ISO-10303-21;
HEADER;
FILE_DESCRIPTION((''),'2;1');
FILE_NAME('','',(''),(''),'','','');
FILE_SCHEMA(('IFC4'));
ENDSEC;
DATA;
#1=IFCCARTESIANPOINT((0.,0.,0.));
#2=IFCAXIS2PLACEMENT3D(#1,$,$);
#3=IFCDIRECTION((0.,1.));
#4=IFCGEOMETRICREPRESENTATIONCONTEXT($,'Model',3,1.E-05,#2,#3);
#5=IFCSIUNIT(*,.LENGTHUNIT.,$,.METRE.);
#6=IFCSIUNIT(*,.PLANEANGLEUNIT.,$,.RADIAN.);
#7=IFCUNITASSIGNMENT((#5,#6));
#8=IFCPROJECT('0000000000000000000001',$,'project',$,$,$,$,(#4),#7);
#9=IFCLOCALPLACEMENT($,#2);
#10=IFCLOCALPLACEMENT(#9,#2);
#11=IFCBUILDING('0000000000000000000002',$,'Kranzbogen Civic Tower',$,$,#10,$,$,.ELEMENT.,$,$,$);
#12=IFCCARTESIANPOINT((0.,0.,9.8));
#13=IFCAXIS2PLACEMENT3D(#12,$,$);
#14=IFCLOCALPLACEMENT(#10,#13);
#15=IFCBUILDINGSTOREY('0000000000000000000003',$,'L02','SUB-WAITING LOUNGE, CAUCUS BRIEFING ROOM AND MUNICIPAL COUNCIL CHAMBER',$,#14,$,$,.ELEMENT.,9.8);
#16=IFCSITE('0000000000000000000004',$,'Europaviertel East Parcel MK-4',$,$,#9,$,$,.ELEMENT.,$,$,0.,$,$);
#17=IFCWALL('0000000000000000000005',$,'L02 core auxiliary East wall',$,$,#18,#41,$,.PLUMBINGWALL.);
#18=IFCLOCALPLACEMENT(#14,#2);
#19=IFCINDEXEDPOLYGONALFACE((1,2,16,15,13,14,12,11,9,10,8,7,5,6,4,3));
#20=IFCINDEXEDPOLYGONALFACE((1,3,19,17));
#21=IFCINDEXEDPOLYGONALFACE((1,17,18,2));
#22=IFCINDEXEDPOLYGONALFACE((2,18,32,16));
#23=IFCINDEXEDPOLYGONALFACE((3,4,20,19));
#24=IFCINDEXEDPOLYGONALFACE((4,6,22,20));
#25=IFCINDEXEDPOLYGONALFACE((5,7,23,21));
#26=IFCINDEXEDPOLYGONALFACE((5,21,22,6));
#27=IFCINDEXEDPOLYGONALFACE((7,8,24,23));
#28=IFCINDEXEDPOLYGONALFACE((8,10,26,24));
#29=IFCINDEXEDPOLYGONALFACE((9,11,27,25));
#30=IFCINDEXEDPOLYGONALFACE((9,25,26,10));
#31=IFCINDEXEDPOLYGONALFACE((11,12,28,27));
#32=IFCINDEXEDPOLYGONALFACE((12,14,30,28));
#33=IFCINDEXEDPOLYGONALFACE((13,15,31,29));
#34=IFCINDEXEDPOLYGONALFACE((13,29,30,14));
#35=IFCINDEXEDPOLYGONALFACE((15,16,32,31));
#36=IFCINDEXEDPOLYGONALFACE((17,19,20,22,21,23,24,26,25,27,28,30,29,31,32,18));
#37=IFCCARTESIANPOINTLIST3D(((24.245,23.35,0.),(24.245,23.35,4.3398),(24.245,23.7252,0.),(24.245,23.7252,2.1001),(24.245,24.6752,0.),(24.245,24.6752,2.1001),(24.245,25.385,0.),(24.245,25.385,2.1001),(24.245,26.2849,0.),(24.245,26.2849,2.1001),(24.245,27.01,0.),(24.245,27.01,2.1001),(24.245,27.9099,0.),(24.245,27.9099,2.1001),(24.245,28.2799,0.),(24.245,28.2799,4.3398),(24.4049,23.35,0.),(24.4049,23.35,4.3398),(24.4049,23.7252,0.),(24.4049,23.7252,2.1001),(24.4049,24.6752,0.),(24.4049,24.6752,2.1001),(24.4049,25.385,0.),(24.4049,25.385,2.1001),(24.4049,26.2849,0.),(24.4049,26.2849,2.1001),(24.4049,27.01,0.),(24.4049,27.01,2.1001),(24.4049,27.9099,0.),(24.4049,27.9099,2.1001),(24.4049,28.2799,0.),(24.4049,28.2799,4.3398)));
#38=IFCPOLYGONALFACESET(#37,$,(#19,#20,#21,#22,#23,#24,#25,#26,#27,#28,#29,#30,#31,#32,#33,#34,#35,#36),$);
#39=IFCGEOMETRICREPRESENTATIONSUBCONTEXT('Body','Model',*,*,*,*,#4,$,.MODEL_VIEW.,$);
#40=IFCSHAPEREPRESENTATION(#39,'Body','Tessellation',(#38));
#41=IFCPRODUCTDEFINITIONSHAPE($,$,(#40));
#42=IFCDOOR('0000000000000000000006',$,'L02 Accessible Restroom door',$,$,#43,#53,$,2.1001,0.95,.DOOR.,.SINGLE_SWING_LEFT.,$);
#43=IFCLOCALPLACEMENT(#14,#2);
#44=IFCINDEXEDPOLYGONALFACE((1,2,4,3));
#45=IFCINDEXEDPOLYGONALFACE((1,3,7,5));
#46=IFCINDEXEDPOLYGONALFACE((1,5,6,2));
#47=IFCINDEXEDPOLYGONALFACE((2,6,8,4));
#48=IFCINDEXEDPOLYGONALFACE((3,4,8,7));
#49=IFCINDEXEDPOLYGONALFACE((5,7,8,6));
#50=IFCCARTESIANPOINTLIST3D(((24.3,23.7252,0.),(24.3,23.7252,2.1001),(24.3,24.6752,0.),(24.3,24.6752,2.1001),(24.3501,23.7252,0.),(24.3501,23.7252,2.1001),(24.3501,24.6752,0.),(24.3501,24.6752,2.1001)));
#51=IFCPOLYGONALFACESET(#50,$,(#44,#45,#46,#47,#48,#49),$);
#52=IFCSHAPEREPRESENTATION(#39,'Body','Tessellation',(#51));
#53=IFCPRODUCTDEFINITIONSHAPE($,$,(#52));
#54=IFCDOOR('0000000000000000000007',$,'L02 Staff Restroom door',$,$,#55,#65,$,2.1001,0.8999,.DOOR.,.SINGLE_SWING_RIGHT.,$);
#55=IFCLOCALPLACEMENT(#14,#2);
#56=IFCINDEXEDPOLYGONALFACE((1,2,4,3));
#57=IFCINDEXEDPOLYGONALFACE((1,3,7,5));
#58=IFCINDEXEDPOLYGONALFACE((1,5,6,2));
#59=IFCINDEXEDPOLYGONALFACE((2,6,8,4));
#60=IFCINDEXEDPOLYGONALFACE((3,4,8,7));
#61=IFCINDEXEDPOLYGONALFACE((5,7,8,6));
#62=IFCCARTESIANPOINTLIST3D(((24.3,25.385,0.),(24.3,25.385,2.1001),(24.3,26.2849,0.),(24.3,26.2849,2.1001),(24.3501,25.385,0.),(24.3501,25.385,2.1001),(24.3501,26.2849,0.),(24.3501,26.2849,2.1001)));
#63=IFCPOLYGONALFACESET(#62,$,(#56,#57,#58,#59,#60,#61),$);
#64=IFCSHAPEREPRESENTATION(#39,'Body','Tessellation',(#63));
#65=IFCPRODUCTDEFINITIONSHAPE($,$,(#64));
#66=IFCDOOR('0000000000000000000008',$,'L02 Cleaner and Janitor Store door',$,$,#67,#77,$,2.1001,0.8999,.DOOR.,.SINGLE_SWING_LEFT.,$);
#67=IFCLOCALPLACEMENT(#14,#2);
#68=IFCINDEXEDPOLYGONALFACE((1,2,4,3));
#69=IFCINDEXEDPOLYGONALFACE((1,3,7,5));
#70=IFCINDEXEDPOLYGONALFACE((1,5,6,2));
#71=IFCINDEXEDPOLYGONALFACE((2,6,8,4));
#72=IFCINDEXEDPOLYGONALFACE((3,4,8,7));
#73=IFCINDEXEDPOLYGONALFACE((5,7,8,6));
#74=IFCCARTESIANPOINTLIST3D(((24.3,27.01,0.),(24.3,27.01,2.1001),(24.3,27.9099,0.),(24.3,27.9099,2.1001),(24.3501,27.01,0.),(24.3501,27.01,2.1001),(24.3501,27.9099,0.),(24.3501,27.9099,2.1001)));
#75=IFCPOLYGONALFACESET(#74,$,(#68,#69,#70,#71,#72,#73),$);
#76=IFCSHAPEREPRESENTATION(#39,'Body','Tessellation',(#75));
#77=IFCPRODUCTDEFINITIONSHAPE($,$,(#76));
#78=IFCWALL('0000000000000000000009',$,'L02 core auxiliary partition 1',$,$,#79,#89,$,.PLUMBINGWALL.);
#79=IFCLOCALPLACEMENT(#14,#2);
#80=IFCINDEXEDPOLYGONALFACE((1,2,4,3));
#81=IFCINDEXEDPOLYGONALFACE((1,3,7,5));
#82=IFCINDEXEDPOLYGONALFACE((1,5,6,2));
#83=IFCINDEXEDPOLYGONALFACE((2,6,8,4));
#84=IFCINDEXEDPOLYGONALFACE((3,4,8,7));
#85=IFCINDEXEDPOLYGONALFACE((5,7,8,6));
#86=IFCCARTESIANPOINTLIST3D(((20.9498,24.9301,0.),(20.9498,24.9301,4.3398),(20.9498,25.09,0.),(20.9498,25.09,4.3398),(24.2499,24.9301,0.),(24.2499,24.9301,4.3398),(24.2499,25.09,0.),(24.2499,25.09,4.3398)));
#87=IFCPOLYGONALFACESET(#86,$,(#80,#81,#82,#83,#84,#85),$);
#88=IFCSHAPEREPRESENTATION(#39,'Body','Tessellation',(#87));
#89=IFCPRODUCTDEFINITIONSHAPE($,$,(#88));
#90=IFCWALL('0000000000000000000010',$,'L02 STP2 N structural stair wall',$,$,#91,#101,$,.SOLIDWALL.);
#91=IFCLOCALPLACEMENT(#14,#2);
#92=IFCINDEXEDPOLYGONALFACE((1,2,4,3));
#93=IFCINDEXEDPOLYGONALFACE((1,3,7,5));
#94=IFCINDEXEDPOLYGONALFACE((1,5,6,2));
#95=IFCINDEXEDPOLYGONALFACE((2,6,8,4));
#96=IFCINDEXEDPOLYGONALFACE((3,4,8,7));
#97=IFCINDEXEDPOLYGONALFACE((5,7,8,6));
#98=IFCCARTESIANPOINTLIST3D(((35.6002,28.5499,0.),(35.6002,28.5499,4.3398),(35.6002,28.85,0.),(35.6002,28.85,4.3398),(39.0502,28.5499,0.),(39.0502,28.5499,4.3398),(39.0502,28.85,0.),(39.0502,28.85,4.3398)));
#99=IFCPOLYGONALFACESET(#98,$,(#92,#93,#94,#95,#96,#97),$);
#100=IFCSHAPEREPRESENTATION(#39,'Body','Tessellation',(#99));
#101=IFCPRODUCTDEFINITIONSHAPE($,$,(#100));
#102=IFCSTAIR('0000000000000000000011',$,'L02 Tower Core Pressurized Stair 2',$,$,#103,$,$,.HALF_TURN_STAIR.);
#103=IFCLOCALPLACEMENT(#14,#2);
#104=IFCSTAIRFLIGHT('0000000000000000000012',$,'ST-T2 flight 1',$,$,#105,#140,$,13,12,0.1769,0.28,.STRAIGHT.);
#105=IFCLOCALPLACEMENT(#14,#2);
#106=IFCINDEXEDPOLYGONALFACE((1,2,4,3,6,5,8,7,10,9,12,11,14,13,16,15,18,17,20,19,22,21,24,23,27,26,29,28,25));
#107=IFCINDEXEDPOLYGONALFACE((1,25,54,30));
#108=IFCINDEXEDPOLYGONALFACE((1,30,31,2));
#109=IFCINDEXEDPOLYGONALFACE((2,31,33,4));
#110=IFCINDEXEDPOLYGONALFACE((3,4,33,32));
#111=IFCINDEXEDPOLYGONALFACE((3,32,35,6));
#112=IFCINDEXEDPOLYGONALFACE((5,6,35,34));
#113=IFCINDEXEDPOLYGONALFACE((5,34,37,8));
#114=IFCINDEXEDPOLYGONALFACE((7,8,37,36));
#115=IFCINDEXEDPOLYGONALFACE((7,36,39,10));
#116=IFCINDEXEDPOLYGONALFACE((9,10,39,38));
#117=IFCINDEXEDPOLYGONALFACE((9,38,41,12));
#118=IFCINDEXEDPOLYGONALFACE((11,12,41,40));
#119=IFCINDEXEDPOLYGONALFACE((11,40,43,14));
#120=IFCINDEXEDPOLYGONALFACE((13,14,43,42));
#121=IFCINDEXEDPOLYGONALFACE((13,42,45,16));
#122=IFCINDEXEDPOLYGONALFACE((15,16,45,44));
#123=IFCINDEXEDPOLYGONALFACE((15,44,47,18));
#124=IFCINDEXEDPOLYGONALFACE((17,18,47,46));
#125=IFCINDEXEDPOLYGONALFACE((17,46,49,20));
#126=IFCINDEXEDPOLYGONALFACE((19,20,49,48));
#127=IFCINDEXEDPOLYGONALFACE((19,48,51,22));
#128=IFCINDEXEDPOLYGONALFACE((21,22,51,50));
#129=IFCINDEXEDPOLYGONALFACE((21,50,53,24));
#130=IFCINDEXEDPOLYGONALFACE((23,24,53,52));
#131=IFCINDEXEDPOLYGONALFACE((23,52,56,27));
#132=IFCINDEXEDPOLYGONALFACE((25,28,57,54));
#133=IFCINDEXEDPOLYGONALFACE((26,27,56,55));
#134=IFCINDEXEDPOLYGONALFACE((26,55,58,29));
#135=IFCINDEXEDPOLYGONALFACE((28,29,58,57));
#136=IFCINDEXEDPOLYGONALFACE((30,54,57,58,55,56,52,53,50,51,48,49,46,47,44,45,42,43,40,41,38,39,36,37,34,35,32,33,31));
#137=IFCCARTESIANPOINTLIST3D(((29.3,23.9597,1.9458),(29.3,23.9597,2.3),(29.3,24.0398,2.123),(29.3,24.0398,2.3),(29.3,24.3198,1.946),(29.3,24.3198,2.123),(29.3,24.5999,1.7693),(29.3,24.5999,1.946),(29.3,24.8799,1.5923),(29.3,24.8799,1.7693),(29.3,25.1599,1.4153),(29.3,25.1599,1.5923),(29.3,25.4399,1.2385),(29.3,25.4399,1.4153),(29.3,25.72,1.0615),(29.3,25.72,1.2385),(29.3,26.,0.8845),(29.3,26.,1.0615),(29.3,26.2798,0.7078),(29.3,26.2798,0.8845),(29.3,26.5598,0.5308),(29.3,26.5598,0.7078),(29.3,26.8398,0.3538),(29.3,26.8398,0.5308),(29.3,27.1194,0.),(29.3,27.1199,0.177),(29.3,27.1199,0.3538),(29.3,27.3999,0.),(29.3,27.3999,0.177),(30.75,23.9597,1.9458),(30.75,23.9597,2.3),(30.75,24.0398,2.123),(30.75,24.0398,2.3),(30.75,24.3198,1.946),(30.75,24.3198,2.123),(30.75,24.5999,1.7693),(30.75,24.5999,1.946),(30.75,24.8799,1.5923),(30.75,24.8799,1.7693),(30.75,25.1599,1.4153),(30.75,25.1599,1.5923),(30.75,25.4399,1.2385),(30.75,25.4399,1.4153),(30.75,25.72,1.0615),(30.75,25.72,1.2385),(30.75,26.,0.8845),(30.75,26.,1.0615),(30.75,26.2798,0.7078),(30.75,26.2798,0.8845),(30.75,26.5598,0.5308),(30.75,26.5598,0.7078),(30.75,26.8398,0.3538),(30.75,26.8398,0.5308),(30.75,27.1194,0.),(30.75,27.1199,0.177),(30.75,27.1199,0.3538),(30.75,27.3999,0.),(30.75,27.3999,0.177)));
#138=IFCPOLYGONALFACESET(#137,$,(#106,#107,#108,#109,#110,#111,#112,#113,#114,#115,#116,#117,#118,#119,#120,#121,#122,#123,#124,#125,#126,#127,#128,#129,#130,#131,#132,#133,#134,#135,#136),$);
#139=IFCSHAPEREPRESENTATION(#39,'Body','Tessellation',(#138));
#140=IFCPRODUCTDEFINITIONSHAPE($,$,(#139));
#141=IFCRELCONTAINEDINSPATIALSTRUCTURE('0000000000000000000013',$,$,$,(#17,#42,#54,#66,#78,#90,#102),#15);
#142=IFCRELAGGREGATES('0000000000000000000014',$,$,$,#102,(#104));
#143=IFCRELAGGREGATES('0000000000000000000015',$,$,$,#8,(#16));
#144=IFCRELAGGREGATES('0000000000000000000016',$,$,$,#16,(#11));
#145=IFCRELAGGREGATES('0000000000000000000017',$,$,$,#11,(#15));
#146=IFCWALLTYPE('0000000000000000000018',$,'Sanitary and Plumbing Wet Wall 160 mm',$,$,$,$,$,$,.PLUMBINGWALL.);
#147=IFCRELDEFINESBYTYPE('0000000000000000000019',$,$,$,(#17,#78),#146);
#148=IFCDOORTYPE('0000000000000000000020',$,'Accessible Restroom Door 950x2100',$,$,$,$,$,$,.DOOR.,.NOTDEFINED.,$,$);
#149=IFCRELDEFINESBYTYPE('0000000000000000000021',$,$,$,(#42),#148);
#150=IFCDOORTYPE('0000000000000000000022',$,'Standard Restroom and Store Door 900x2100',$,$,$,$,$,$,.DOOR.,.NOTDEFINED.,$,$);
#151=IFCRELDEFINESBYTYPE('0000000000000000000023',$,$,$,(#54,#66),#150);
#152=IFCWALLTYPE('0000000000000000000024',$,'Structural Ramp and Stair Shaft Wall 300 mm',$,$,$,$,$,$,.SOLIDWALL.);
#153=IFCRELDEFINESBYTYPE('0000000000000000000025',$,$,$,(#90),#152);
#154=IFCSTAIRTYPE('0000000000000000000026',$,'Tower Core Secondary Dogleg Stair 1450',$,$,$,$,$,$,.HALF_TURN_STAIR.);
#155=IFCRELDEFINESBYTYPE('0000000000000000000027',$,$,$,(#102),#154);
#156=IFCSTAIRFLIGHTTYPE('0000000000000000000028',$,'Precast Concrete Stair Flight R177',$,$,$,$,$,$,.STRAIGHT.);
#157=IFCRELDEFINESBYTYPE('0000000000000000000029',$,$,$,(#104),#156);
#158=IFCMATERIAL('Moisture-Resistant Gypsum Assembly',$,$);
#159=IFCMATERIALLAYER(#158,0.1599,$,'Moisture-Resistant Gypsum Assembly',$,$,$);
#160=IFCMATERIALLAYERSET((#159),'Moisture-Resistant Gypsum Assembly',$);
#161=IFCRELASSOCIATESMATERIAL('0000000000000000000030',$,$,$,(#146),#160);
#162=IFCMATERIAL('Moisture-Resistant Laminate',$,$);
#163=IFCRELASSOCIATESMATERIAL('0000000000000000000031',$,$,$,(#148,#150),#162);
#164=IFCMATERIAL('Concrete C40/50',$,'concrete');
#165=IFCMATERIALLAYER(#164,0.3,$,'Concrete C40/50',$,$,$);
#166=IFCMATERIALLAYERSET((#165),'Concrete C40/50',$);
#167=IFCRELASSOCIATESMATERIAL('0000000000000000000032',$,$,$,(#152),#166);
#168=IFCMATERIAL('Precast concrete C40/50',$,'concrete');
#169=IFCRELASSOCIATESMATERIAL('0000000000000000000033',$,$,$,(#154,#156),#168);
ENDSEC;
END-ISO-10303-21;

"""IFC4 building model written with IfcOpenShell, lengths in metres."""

from ifc_helpers import new_model, si_unit, direction, frame, frame_2d, origin, place, context, subcontext, project, spatial, polyline, rectangle, outline, extrude, material, layer, layer_set, type_object, element, fill, aggregate, save


model = new_model("IFC4")

# Units and contexts
model_context = context("Model", 3, precision=1e-05, world=origin(), true_north=direction((0.0, 1.0)))
body_context = subcontext(model_context, "Body", "Model", "MODEL_VIEW")
ifc_project = project(units=[si_unit("LENGTHUNIT", "METRE"), si_unit("PLANEANGLEUNIT", "RADIAN")], contexts=[model_context])

# Site, building, storey
site_placement = place(None, origin())
site = spatial("IfcSite", under=ifc_project, at=site_placement, Name="Europaviertel East Parcel MK-4", CompositionType="ELEMENT", RefElevation=0.0)
building_placement = place(site_placement, origin())
building = spatial("IfcBuilding", under=site, at=building_placement, Name="Kranzbogen Civic Tower", CompositionType="ELEMENT")
storey_placement = place(building_placement, frame((0.0, 0.0, 9.8)))
storey = spatial("IfcBuildingStorey", under=building, at=storey_placement, Name="L02", Description="SUB-WAITING LOUNGE, CAUCUS BRIEFING ROOM AND MUNICIPAL COUNCIL CHAMBER", CompositionType="ELEMENT", Elevation=9.8)

# Wall, openings, doors
ifc_material_1 = material(Name="Moisture-Resistant Gypsum Assembly")
ifc_layer_1 = layer(ifc_material_1, 0.1599, Name="Moisture-Resistant Gypsum Assembly")
ifc_layer_set_1 = layer_set([ifc_layer_1], Name="Moisture-Resistant Gypsum Assembly")
wall_type_1 = type_object("IfcWallType", Name="Sanitary and Plumbing Wet Wall 160 mm", PredefinedType="PLUMBINGWALL", material=ifc_layer_set_1)
wall_1_placement = place(storey_placement, frame((24.325, 23.3501, 0.0), z_axis=(0.0, 0.0, 1.0), x_axis=(0.0, 1.0, 0.0)))
wall_1 = element("IfcWall", 1, at=wall_1_placement, inside=storey, type_object=wall_type_1, Name="L02 core auxiliary East wall", PredefinedType="PLUMBINGWALL", context=body_context, shape_type="SweptSolid", body=[
    extrude(rectangle(XDim=4.9299, YDim=0.1599, at=frame_2d((2.4648, 0.0))), origin(), (0.0, 0.0, 1.0), 4.3398),
])
opening_1_placement = place(wall_1_placement, frame((0.375, 0.0, 0.0)))
opening_1 = element("IfcOpeningElement", 2, at=opening_1_placement, cuts=wall_1, PredefinedType="OPENING", context=body_context, shape_type="SweptSolid", body=[
    extrude(rectangle(XDim=0.95, YDim=2.1001, at=frame_2d((0.4751, 1.05))), frame((0.0, 0.0898, 0.0), z_axis=(0.0, -1.0, 0.0), x_axis=(1.0, 0.0, 0.0)), (0.0, 0.0, 1.0), 0.1799),
])
opening_2_placement = place(wall_1_placement, frame((2.0349, 0.0, 0.0)))
opening_2 = element("IfcOpeningElement", 3, at=opening_2_placement, cuts=wall_1, PredefinedType="OPENING", context=body_context, shape_type="SweptSolid", body=[
    extrude(rectangle(XDim=0.8999, YDim=2.1001, at=frame_2d((0.45, 1.05))), frame((0.0, 0.0898, 0.0), z_axis=(0.0, -1.0, 0.0), x_axis=(1.0, 0.0, 0.0)), (0.0, 0.0, 1.0), 0.1799),
])
opening_3_placement = place(wall_1_placement, frame((3.6599, 0.0, 0.0)))
opening_3 = element("IfcOpeningElement", 4, at=opening_3_placement, cuts=wall_1, PredefinedType="OPENING", context=body_context, shape_type="SweptSolid", body=[
    extrude(rectangle(XDim=0.8999, YDim=2.1001, at=frame_2d((0.45, 1.05))), frame((0.0, 0.0898, 0.0), z_axis=(0.0, -1.0, 0.0), x_axis=(1.0, 0.0, 0.0)), (0.0, 0.0, 1.0), 0.1799),
])
ifc_material_2 = material(Name="Moisture-Resistant Laminate")
door_type_1 = type_object("IfcDoorType", Name="Accessible Restroom Door 950x2100", OperationType="NOTDEFINED", PredefinedType="DOOR", material=ifc_material_2)
door_1_placement = place(opening_1_placement, origin())
door_1 = element("IfcDoor", 5, at=door_1_placement, inside=storey, type_object=door_type_1, Name="L02 Accessible Restroom door", OperationType="SINGLE_SWING_LEFT", OverallHeight=2.1001, OverallWidth=0.95, PredefinedType="DOOR", context=body_context, shape_type="SweptSolid", body=[
    extrude(rectangle(XDim=0.95, YDim=2.1001, at=frame_2d((0.4751, 1.05))), frame((0.0, 0.0249, 0.0), z_axis=(0.0, -1.0, 0.0), x_axis=(1.0, 0.0, 0.0)), (0.0, 0.0, 1.0), 0.05),
])
fill(opening_1, door_1)
door_type_2 = type_object("IfcDoorType", Name="Standard Restroom and Store Door 900x2100", OperationType="NOTDEFINED", PredefinedType="DOOR", material=ifc_material_2)
door_2_placement = place(opening_2_placement, origin())
door_2 = element("IfcDoor", 6, at=door_2_placement, inside=storey, type_object=door_type_2, Name="L02 Staff Restroom door", OperationType="SINGLE_SWING_RIGHT", OverallHeight=2.1001, OverallWidth=0.8999, PredefinedType="DOOR", context=body_context, shape_type="SweptSolid", body=[
    extrude(rectangle(XDim=0.8999, YDim=2.1001, at=frame_2d((0.45, 1.05))), frame((0.0, 0.0249, 0.0), z_axis=(0.0, -1.0, 0.0), x_axis=(1.0, 0.0, 0.0)), (0.0, 0.0, 1.0), 0.05),
])
fill(opening_2, door_2)
door_3_placement = place(opening_3_placement, origin())
door_3 = element("IfcDoor", 7, at=door_3_placement, inside=storey, type_object=door_type_2, Name="L02 Cleaner and Janitor Store door", OperationType="SINGLE_SWING_LEFT", OverallHeight=2.1001, OverallWidth=0.8999, PredefinedType="DOOR", context=body_context, shape_type="SweptSolid", body=[
    extrude(rectangle(XDim=0.8999, YDim=2.1001, at=frame_2d((0.45, 1.05))), frame((0.0, 0.0249, 0.0), z_axis=(0.0, -1.0, 0.0), x_axis=(1.0, 0.0, 0.0)), (0.0, 0.0, 1.0), 0.05),
])
fill(opening_3, door_3)

# Walls
wall_2_placement = place(storey_placement, frame((20.95, 25.01, 0.0), z_axis=(0.0, 0.0, 1.0), x_axis=(1.0, 0.0, 0.0)))
element("IfcWall", 8, at=wall_2_placement, inside=storey, type_object=wall_type_1, Name="L02 core auxiliary partition 1", PredefinedType="PLUMBINGWALL", context=body_context, shape_type="SweptSolid", body=[
    extrude(rectangle(XDim=3.3, YDim=0.1599, at=frame_2d((1.6499, 0.0))), origin(), (0.0, 0.0, 1.0), 4.3398),
])
ifc_material_3 = material(Name="Concrete C40/50", Category="concrete")
ifc_layer_2 = layer(ifc_material_3, 0.3, Name="Concrete C40/50")
ifc_layer_set_2 = layer_set([ifc_layer_2], Name="Concrete C40/50")
wall_type_2 = type_object("IfcWallType", Name="Structural Ramp and Stair Shaft Wall 300 mm", PredefinedType="SOLIDWALL", material=ifc_layer_set_2)
wall_3_placement = place(storey_placement, frame((35.6001, 28.7, 0.0), z_axis=(0.0, 0.0, 1.0), x_axis=(1.0, 0.0, 0.0)))
element("IfcWall", 9, at=wall_3_placement, inside=storey, type_object=wall_type_2, Name="L02 STP2 N structural stair wall", PredefinedType="SOLIDWALL", context=body_context, shape_type="SweptSolid", body=[
    extrude(rectangle(XDim=3.45, YDim=0.3, at=frame_2d((1.7251, 0.0))), origin(), (0.0, 0.0, 1.0), 4.3398),
])

# Stair, stair flight
ifc_material_4 = material(Name="Precast concrete C40/50", Category="concrete")
stair_type = type_object("IfcStairType", Name="Tower Core Secondary Dogleg Stair 1450", PredefinedType="HALF_TURN_STAIR", material=ifc_material_4)
stair_placement = place(storey_placement, origin())
stair = element("IfcStair", 10, at=stair_placement, inside=storey, type_object=stair_type, Name="L02 Tower Core Pressurized Stair 2", PredefinedType="HALF_TURN_STAIR")
stair_flight_type = type_object("IfcStairFlightType", Name="Precast Concrete Stair Flight R177", PredefinedType="STRAIGHT", material=ifc_material_4)
stair_flight_1_placement = place(storey_placement, frame((30.0249, 27.3999, 0.0), z_axis=(0.0, 0.0, 1.0), x_axis=(0.0, -1.0, 0.0)))
stair_flight_1 = element("IfcStairFlight", 11, at=stair_flight_1_placement, type_object=stair_flight_type, Name="ST-T2 flight 1", NumberOfRisers=13, NumberOfTreads=12, PredefinedType="STRAIGHT", RiserHeight=0.1769, TreadLength=0.28, context=body_context, shape_type="SweptSolid", body=[
    extrude(outline(polyline([(0.0, 0.0), (0.0, 0.177), (0.28, 0.177), (0.28, 0.3538), (0.5601, 0.3538), (0.5601, 0.5308), (0.8401, 0.5308), (0.8401, 0.7078), (1.1201, 0.7078), (1.1201, 0.8845), (1.3999, 0.8845), (1.3999, 1.0615), (1.6799, 1.0615), (1.6799, 1.2385), (1.96, 1.2385), (1.96, 1.4153), (2.24, 1.4153), (2.24, 1.5923), (2.52, 1.5923), (2.52, 1.7693), (2.8, 1.7693), (2.8, 1.946), (3.0801, 1.946), (3.0801, 2.123), (3.3601, 2.123), (3.3601, 2.3), (3.4402, 2.3), (3.4402, 1.9458), (0.2805, 0.0), (0.0, 0.0)])), frame((0.0, 0.7251, 0.0), z_axis=(0.0, -1.0, 0.0), x_axis=(1.0, 0.0, 0.0)), (0.0, 0.0, 1.0), 1.45),
])
aggregate(stair, [stair_flight_1])

save(model, "model.ifc")
